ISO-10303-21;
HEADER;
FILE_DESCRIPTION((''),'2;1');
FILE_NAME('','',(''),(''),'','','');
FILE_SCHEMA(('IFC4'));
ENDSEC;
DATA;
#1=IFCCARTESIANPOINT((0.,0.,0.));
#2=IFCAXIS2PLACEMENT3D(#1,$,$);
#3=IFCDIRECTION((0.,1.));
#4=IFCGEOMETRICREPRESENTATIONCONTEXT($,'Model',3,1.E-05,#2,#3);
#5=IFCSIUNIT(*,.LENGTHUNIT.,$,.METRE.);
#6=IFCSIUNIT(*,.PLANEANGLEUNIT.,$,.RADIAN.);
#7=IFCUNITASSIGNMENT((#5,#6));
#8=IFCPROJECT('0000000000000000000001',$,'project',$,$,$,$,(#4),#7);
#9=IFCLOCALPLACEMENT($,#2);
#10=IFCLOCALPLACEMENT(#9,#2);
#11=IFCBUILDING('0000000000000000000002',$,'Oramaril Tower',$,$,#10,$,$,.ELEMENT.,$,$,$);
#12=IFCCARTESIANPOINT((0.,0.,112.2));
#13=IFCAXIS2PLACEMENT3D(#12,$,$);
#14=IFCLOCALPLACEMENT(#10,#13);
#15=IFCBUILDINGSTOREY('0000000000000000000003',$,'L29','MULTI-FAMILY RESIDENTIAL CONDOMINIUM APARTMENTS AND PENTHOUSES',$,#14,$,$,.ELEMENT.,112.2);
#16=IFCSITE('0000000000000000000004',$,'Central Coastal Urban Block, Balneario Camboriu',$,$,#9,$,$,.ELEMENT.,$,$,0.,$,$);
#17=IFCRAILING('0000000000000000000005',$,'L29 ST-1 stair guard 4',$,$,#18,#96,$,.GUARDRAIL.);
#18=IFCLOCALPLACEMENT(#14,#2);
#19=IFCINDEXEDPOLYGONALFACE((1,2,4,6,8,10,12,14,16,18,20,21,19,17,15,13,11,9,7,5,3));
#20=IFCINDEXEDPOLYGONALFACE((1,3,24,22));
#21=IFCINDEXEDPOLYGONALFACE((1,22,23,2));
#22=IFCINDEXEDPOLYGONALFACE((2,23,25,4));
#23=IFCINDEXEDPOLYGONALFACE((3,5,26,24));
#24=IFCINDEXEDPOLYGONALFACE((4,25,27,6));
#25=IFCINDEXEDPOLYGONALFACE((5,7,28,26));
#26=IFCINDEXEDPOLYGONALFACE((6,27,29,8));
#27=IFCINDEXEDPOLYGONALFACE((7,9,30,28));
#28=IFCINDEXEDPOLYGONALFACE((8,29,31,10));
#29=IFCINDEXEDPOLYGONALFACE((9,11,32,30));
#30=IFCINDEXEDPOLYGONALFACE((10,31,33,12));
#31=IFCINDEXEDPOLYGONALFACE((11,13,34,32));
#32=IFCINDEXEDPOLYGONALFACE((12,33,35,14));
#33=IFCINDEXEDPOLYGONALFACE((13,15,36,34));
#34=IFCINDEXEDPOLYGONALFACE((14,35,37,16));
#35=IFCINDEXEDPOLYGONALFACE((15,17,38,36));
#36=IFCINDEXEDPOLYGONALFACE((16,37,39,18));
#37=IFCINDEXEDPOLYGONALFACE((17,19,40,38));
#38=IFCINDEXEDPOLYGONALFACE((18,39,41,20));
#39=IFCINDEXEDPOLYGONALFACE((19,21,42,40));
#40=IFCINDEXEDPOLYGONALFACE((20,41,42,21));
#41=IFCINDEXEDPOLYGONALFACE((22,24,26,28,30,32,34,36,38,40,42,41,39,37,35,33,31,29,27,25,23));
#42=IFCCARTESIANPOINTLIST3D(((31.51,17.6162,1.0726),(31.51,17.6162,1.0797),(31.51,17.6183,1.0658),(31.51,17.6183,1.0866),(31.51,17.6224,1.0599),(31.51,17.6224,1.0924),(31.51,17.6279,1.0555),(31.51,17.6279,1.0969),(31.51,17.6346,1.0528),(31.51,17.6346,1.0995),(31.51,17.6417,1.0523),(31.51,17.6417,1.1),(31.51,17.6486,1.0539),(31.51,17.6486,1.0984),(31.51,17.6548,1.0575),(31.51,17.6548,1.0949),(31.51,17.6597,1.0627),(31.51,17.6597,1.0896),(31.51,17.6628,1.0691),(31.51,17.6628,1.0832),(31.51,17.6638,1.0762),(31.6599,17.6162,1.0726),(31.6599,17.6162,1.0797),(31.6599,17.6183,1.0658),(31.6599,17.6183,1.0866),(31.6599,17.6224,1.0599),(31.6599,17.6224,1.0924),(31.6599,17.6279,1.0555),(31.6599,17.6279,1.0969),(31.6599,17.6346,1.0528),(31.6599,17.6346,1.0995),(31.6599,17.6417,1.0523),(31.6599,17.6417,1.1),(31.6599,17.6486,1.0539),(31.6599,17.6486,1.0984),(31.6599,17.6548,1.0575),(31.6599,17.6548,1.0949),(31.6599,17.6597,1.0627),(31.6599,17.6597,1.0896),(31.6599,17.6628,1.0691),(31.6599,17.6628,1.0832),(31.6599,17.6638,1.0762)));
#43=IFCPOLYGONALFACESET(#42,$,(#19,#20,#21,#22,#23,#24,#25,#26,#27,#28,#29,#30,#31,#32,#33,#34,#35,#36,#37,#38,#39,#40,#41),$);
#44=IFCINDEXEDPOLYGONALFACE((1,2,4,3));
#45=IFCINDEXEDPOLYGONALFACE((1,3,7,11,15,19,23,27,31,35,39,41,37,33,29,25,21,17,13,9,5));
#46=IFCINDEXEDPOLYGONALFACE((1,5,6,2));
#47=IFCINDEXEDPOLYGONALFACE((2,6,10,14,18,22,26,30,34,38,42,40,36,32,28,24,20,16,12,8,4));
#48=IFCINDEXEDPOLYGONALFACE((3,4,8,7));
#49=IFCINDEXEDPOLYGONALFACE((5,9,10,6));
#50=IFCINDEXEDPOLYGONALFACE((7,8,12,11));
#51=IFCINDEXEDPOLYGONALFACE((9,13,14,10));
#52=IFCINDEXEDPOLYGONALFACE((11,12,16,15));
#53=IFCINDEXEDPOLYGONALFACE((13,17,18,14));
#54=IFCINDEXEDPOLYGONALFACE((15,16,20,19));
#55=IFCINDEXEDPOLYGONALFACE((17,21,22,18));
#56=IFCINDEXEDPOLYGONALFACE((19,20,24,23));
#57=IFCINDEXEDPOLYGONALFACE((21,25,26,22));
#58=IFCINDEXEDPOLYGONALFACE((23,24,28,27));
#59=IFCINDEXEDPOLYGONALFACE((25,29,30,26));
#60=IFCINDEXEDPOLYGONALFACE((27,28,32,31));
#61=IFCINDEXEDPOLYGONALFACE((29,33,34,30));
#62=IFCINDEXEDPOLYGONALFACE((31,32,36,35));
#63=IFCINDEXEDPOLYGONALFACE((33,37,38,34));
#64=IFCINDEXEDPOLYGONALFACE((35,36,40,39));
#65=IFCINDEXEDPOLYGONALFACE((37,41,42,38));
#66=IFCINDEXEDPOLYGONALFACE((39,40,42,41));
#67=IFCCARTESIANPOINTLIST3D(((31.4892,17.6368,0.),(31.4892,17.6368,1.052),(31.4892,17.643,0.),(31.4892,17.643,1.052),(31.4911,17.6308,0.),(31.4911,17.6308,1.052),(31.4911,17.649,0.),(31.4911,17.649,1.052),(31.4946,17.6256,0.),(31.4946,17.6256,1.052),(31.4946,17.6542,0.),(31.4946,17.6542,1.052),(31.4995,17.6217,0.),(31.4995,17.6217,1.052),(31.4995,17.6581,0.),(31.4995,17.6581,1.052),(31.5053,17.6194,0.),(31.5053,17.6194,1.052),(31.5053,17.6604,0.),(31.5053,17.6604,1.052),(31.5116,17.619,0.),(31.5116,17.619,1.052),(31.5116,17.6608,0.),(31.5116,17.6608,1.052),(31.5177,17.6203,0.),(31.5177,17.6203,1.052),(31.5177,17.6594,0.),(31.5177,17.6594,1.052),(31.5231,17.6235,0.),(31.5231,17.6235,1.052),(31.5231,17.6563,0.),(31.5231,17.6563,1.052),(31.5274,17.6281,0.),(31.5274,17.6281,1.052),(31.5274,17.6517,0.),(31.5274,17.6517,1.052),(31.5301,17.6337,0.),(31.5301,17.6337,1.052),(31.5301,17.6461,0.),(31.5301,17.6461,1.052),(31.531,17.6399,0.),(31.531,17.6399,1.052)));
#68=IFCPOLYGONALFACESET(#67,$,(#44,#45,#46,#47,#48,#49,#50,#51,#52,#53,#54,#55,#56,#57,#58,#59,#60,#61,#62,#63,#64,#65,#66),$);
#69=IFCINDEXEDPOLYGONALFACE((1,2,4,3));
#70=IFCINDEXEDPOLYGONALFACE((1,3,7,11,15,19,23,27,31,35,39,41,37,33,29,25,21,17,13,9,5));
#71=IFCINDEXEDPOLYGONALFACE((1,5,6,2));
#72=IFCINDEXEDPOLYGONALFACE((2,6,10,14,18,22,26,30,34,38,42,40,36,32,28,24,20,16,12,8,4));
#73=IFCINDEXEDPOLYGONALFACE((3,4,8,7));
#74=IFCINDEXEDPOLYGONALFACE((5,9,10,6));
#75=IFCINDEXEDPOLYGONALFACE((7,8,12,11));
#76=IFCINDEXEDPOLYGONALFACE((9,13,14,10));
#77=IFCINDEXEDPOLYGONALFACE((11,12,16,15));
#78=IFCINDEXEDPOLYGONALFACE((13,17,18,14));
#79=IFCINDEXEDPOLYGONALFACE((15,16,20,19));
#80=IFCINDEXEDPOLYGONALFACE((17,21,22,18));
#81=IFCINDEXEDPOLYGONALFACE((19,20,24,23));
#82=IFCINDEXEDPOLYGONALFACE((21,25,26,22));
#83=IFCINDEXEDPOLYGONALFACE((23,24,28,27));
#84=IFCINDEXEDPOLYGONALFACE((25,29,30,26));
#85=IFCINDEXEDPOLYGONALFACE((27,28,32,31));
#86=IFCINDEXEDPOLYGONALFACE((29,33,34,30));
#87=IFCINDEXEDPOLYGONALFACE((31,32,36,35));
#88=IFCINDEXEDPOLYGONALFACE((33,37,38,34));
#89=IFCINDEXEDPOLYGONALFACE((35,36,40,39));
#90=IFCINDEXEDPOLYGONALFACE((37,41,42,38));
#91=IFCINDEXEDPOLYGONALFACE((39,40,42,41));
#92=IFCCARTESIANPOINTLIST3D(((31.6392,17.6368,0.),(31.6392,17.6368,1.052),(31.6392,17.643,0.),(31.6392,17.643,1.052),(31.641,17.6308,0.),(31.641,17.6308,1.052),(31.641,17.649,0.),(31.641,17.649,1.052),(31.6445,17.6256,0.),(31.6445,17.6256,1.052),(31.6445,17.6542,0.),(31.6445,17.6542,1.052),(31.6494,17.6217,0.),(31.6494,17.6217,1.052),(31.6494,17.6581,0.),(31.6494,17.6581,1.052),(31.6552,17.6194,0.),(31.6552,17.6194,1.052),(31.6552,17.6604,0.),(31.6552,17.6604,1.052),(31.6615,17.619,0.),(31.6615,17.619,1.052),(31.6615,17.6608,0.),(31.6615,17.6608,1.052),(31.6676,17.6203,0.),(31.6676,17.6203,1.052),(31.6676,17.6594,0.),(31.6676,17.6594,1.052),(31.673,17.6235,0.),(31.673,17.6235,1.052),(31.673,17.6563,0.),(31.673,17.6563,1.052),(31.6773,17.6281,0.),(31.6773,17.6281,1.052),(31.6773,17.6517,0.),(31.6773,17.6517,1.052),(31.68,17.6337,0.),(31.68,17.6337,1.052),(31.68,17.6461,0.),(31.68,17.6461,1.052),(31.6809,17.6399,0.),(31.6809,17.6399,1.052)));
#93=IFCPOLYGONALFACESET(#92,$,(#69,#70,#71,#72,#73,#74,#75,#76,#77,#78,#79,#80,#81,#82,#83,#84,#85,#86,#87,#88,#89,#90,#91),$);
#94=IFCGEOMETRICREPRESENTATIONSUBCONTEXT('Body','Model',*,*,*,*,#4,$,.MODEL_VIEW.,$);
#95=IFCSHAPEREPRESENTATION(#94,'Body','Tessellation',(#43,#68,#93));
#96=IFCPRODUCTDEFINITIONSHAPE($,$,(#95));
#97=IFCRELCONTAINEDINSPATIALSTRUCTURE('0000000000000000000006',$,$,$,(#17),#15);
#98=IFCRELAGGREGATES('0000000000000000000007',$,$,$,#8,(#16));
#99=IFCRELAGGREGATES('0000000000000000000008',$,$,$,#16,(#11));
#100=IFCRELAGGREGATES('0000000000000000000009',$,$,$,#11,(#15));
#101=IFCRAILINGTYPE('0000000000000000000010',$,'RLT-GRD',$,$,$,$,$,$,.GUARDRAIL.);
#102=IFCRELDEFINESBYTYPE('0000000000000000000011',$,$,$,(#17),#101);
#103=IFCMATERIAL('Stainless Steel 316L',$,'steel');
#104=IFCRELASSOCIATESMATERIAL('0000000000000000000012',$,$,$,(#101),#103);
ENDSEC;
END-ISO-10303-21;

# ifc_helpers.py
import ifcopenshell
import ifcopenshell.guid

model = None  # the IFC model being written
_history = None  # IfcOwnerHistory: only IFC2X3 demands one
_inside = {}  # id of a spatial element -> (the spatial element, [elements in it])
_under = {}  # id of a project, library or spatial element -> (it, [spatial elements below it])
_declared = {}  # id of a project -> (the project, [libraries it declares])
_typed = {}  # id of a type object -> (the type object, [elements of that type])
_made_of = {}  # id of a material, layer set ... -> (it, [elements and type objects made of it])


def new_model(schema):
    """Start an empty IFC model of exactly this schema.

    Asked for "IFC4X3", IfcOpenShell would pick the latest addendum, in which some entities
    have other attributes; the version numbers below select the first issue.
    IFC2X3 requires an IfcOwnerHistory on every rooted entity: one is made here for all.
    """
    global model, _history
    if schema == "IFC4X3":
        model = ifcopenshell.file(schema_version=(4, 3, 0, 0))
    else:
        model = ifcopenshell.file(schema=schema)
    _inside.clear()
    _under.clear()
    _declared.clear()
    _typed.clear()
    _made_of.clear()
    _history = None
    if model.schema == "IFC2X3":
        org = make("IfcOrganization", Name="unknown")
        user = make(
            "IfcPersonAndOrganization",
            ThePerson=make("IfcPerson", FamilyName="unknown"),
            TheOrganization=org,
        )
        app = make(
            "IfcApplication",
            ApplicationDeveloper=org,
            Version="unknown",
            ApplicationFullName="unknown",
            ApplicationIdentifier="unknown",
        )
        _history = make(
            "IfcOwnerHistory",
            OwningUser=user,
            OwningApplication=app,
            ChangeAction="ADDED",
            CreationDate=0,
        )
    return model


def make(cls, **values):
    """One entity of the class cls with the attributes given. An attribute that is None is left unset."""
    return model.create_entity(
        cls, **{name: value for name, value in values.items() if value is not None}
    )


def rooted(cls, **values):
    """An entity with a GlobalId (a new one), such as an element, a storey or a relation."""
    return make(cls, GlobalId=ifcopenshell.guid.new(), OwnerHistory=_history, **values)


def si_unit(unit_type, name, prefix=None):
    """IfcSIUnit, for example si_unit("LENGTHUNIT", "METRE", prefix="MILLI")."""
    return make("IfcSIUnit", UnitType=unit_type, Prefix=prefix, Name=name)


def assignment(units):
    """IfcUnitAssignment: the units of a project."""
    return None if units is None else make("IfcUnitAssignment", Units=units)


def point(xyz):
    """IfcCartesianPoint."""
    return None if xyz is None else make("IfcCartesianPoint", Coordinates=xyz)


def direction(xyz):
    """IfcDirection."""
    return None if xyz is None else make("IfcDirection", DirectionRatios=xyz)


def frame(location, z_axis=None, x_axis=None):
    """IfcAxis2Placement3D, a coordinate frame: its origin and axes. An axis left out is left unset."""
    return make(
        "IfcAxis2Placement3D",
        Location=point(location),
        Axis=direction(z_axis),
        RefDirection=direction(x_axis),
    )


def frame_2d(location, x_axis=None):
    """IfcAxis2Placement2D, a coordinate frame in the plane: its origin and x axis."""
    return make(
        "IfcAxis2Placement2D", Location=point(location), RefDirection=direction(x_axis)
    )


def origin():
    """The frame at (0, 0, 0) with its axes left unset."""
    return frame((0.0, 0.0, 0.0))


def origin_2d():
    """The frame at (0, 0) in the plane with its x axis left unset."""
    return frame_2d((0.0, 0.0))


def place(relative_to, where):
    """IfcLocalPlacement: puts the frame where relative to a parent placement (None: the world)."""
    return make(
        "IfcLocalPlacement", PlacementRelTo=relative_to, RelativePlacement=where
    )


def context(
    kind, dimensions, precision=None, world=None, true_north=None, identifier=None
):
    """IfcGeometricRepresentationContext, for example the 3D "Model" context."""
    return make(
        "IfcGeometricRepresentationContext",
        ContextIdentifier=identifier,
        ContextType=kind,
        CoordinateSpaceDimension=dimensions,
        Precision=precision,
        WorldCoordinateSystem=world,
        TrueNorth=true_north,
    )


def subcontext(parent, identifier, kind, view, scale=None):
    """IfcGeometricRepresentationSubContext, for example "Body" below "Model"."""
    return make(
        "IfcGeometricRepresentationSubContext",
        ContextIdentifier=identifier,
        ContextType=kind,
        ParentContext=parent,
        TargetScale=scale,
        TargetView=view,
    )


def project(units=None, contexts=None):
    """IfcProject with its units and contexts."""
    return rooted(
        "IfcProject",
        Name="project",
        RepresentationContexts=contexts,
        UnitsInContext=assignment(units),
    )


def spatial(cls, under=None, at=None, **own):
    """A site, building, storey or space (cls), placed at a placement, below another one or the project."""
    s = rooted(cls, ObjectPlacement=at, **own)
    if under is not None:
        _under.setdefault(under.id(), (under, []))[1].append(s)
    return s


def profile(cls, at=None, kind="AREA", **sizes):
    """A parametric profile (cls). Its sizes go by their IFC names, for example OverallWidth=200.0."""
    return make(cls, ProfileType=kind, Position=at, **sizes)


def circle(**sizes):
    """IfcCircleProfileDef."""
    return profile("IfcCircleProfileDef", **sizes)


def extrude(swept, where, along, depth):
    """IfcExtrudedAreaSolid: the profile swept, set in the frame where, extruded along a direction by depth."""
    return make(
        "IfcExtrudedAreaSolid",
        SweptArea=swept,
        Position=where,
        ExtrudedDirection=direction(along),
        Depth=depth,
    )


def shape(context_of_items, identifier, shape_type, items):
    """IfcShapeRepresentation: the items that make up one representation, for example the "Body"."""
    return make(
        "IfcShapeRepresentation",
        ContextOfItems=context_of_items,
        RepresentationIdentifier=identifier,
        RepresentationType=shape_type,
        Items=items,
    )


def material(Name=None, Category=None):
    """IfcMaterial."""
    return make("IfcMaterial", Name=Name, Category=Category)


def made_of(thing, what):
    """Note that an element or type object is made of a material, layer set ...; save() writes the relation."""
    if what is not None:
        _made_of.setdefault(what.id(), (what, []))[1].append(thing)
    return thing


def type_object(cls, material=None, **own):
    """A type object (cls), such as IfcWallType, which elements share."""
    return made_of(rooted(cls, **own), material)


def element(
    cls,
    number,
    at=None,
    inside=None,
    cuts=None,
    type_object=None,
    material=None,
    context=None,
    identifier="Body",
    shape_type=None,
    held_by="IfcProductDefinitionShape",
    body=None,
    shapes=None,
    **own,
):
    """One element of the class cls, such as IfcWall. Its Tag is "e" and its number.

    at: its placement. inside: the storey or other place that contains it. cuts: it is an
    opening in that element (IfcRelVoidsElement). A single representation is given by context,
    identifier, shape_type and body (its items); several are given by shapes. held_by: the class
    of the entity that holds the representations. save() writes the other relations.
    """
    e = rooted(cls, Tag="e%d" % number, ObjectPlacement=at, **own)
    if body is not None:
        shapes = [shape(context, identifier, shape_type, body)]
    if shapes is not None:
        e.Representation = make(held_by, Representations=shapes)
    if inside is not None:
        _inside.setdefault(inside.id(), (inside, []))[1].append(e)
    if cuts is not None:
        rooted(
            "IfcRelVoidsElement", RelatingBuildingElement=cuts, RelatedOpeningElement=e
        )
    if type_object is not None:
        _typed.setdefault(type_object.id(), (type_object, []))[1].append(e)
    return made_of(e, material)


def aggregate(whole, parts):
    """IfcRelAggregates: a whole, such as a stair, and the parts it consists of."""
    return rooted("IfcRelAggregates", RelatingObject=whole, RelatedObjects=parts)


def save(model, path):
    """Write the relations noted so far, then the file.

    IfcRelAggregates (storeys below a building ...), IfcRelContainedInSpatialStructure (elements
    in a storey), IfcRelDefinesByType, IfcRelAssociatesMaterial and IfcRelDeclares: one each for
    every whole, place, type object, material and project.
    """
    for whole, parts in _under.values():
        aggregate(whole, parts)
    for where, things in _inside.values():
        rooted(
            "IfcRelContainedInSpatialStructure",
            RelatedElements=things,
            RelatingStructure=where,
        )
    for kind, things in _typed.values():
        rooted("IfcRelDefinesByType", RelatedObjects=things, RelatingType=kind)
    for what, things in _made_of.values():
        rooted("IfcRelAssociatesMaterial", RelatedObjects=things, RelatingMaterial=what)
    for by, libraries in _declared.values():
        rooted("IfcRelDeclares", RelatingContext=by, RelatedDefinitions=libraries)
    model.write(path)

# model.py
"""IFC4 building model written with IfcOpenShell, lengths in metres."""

from ifc_helpers import new_model, si_unit, direction, frame, origin, origin_2d, place, context, subcontext, project, spatial, circle, extrude, material, type_object, element, save


model = new_model("IFC4")

# Units and contexts
model_context = context("Model", 3, precision=1e-05, world=origin(), true_north=direction((0.0, 1.0)))
body_context = subcontext(model_context, "Body", "Model", "MODEL_VIEW")
ifc_project = project(units=[si_unit("LENGTHUNIT", "METRE"), si_unit("PLANEANGLEUNIT", "RADIAN")], contexts=[model_context])

# Site, building, storey
site_placement = place(None, origin())
site = spatial("IfcSite", under=ifc_project, at=site_placement, Name="Central Coastal Urban Block, Balneario Camboriu", CompositionType="ELEMENT", RefElevation=0.0)
building_placement = place(site_placement, origin())
building = spatial("IfcBuilding", under=site, at=building_placement, Name="Oramaril Tower", CompositionType="ELEMENT")
storey_placement = place(building_placement, frame((0.0, 0.0, 112.2)))
storey = spatial("IfcBuildingStorey", under=building, at=storey_placement, Name="L29", Description="MULTI-FAMILY RESIDENTIAL CONDOMINIUM APARTMENTS AND PENTHOUSES", CompositionType="ELEMENT", Elevation=112.2)

# Railing
ifc_material_1 = material(Name="Stainless Steel 316L", Category="steel")
railing_type_1 = type_object("IfcRailingType", Name="RLT-GRD", PredefinedType="GUARDRAIL", material=ifc_material_1)
railing_1_placement = place(storey_placement, frame((31.51, 17.6399, 0.0)))
element("IfcRailing", 1, at=railing_1_placement, inside=storey, type_object=railing_type_1, Name="L29 ST-1 stair guard 4", PredefinedType="GUARDRAIL", context=body_context, shape_type="SweptSolid", body=[
    extrude(circle(Radius=0.0239, at=origin_2d()), frame((0.0, 0.0, 1.0762), z_axis=(1.0, 0.0, 0.0), x_axis=(0.0, 1.0, 0.0)), (0.0, 0.0, 1.0), 0.1499),
    extrude(circle(Radius=0.021, at=origin_2d()), origin(), (0.0, 0.0, 1.0), 1.052),
    extrude(circle(Radius=0.021, at=origin_2d()), frame((0.1499, 0.0, 0.0)), (0.0, 0.0, 1.0), 1.052),
])

save(model, "model.ifc")
